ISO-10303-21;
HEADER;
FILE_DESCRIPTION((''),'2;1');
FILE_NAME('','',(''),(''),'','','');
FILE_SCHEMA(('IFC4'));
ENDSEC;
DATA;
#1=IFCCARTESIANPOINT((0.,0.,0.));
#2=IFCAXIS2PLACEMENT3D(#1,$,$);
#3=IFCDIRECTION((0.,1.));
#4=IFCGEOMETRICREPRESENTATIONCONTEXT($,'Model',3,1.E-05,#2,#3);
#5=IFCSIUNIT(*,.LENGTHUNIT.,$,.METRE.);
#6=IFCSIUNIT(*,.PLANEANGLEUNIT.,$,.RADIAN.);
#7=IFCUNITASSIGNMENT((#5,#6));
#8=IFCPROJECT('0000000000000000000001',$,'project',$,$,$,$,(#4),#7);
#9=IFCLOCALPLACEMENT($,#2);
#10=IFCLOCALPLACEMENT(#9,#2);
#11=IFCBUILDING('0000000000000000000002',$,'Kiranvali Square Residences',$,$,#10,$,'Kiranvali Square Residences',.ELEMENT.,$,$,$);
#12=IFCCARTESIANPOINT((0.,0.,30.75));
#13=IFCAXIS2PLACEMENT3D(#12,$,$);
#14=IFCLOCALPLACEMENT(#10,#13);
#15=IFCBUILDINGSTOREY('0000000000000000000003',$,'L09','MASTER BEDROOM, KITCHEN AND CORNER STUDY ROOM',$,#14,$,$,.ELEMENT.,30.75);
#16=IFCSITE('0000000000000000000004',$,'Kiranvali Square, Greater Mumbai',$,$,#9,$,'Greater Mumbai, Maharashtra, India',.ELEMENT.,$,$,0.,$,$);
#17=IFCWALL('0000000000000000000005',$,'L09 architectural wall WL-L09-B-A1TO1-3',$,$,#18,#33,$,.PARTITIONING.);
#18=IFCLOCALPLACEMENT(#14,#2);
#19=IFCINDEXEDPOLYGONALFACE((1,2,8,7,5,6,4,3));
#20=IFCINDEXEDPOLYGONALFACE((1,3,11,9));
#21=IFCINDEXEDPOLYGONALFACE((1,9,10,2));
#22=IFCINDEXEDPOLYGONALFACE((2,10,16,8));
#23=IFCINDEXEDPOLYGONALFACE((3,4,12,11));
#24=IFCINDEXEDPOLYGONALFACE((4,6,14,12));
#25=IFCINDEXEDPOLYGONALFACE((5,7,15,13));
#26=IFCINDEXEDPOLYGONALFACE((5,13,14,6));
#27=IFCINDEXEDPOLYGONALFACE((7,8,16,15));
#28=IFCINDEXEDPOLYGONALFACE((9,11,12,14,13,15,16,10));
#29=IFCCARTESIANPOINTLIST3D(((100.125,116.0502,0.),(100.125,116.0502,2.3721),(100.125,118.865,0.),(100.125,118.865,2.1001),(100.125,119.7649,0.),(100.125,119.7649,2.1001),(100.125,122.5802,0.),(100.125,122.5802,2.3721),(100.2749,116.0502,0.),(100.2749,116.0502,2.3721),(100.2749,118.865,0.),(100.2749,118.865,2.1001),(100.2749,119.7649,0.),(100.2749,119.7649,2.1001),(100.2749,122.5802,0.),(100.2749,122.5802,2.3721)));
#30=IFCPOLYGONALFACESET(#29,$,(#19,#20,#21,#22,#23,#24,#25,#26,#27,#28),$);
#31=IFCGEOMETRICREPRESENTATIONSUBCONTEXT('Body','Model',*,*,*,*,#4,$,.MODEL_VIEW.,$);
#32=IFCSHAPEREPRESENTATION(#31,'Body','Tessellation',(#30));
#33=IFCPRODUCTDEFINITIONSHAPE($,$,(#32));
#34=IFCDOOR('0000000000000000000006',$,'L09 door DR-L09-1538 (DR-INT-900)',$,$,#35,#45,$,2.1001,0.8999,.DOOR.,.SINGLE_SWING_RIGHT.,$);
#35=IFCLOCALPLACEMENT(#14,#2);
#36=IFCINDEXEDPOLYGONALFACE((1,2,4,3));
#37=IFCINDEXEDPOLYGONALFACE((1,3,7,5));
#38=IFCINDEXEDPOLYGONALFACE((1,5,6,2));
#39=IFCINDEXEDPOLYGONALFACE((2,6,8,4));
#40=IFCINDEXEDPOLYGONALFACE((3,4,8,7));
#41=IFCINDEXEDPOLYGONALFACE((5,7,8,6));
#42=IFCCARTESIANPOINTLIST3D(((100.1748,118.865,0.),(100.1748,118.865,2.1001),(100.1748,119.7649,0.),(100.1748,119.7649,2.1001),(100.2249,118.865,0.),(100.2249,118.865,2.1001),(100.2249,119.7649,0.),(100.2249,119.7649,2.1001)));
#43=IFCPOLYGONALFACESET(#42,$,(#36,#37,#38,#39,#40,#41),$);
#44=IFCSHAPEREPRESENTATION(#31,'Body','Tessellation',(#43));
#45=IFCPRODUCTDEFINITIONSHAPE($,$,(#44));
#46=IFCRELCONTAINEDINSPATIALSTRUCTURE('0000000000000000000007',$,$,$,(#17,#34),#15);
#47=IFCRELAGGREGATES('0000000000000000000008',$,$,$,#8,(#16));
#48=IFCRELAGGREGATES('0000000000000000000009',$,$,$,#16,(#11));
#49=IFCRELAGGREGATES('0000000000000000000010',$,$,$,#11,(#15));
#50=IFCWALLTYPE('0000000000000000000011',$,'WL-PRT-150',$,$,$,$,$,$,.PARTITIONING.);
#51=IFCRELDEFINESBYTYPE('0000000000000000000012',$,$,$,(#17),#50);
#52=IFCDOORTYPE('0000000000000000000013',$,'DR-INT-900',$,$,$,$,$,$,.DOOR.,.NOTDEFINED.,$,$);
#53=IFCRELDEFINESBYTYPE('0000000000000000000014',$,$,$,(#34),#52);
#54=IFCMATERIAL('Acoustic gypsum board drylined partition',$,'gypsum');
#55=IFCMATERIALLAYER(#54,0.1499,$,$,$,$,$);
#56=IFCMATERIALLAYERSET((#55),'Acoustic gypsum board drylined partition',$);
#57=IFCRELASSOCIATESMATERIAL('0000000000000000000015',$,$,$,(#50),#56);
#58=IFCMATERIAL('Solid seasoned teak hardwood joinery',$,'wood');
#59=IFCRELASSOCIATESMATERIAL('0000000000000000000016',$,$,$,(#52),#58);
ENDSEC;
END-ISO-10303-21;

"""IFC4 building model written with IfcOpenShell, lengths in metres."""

from ifc_helpers import new_model, si_unit, direction, frame, frame_2d, origin, place, context, subcontext, project, spatial, rectangle, extrude, material, layer, layer_set, type_object, element, fill, save


model = new_model("IFC4")

# Units and contexts
model_context = context("Model", 3, precision=1e-05, world=origin(), true_north=direction((0.0, 1.0)))
body_context = subcontext(model_context, "Body", "Model", "MODEL_VIEW")
ifc_project = project(units=[si_unit("LENGTHUNIT", "METRE"), si_unit("PLANEANGLEUNIT", "RADIAN")], contexts=[model_context])

# Site, building, storey
site_placement = place(None, origin())
site = spatial("IfcSite", under=ifc_project, at=site_placement, Name="Kiranvali Square, Greater Mumbai", LongName="Greater Mumbai, Maharashtra, India", CompositionType="ELEMENT", RefElevation=0.0)
building_placement = place(site_placement, origin())
building = spatial("IfcBuilding", under=site, at=building_placement, Name="Kiranvali Square Residences", LongName="Kiranvali Square Residences", CompositionType="ELEMENT")
storey_placement = place(building_placement, frame((0.0, 0.0, 30.75)))
storey = spatial("IfcBuildingStorey", under=building, at=storey_placement, Name="L09", Description="MASTER BEDROOM, KITCHEN AND CORNER STUDY ROOM", CompositionType="ELEMENT", Elevation=30.75)

# Wall, opening, door
ifc_material_1 = material(Name="Acoustic gypsum board drylined partition", Category="gypsum")
ifc_layer_1 = layer(ifc_material_1, 0.1499)
ifc_layer_set_1 = layer_set([ifc_layer_1], Name="Acoustic gypsum board drylined partition")
wall_type_1 = type_object("IfcWallType", Name="WL-PRT-150", PredefinedType="PARTITIONING", material=ifc_layer_set_1)
wall_1_placement = place(storey_placement, frame((100.2, 116.05, 0.0), z_axis=(0.0, 0.0, 1.0), x_axis=(0.0, 1.0, 0.0)))
wall_1 = element("IfcWall", 1, at=wall_1_placement, inside=storey, type_object=wall_type_1, Name="L09 architectural wall WL-L09-B-A1TO1-3", PredefinedType="PARTITIONING", context=body_context, shape_type="SweptSolid", body=[
    extrude(rectangle(XDim=6.53, YDim=0.1499, at=frame_2d((3.2651, 0.0))), origin(), (0.0, 0.0, 1.0), 2.3721),
])
opening_1_placement = place(wall_1_placement, frame((2.8149, 0.0, 0.0)))
opening_1 = element("IfcOpeningElement", 2, at=opening_1_placement, cuts=wall_1, PredefinedType="OPENING", context=body_context, shape_type="SweptSolid", body=[
    extrude(rectangle(XDim=0.8999, YDim=2.1001, at=frame_2d((0.45, 1.05))), frame((0.0, 0.085, 0.0), z_axis=(0.0, -1.0, 0.0), x_axis=(1.0, 0.0, 0.0)), (0.0, 0.0, 1.0), 0.1699),
])
ifc_material_2 = material(Name="Solid seasoned teak hardwood joinery", Category="wood")
door_type_1 = type_object("IfcDoorType", Name="DR-INT-900", OperationType="NOTDEFINED", PredefinedType="DOOR", material=ifc_material_2)
door_1_placement = place(opening_1_placement, frame((0.8999, 0.0, 0.0), z_axis=(0.0, 0.0, 1.0), x_axis=(-1.0, 0.0, 0.0)))
door_1 = element("IfcDoor", 3, at=door_1_placement, inside=storey, type_object=door_type_1, Name="L09 door DR-L09-1538 (DR-INT-900)", OperationType="SINGLE_SWING_RIGHT", OverallHeight=2.1001, OverallWidth=0.8999, PredefinedType="DOOR", context=body_context, shape_type="SweptSolid", body=[
    extrude(rectangle(XDim=0.8999, YDim=2.1001, at=frame_2d((0.45, 1.05))), frame((0.0, 0.0249, 0.0), z_axis=(0.0, -1.0, 0.0), x_axis=(1.0, 0.0, 0.0)), (0.0, 0.0, 1.0), 0.05),
])
fill(opening_1, door_1)

save(model, "model.ifc")
